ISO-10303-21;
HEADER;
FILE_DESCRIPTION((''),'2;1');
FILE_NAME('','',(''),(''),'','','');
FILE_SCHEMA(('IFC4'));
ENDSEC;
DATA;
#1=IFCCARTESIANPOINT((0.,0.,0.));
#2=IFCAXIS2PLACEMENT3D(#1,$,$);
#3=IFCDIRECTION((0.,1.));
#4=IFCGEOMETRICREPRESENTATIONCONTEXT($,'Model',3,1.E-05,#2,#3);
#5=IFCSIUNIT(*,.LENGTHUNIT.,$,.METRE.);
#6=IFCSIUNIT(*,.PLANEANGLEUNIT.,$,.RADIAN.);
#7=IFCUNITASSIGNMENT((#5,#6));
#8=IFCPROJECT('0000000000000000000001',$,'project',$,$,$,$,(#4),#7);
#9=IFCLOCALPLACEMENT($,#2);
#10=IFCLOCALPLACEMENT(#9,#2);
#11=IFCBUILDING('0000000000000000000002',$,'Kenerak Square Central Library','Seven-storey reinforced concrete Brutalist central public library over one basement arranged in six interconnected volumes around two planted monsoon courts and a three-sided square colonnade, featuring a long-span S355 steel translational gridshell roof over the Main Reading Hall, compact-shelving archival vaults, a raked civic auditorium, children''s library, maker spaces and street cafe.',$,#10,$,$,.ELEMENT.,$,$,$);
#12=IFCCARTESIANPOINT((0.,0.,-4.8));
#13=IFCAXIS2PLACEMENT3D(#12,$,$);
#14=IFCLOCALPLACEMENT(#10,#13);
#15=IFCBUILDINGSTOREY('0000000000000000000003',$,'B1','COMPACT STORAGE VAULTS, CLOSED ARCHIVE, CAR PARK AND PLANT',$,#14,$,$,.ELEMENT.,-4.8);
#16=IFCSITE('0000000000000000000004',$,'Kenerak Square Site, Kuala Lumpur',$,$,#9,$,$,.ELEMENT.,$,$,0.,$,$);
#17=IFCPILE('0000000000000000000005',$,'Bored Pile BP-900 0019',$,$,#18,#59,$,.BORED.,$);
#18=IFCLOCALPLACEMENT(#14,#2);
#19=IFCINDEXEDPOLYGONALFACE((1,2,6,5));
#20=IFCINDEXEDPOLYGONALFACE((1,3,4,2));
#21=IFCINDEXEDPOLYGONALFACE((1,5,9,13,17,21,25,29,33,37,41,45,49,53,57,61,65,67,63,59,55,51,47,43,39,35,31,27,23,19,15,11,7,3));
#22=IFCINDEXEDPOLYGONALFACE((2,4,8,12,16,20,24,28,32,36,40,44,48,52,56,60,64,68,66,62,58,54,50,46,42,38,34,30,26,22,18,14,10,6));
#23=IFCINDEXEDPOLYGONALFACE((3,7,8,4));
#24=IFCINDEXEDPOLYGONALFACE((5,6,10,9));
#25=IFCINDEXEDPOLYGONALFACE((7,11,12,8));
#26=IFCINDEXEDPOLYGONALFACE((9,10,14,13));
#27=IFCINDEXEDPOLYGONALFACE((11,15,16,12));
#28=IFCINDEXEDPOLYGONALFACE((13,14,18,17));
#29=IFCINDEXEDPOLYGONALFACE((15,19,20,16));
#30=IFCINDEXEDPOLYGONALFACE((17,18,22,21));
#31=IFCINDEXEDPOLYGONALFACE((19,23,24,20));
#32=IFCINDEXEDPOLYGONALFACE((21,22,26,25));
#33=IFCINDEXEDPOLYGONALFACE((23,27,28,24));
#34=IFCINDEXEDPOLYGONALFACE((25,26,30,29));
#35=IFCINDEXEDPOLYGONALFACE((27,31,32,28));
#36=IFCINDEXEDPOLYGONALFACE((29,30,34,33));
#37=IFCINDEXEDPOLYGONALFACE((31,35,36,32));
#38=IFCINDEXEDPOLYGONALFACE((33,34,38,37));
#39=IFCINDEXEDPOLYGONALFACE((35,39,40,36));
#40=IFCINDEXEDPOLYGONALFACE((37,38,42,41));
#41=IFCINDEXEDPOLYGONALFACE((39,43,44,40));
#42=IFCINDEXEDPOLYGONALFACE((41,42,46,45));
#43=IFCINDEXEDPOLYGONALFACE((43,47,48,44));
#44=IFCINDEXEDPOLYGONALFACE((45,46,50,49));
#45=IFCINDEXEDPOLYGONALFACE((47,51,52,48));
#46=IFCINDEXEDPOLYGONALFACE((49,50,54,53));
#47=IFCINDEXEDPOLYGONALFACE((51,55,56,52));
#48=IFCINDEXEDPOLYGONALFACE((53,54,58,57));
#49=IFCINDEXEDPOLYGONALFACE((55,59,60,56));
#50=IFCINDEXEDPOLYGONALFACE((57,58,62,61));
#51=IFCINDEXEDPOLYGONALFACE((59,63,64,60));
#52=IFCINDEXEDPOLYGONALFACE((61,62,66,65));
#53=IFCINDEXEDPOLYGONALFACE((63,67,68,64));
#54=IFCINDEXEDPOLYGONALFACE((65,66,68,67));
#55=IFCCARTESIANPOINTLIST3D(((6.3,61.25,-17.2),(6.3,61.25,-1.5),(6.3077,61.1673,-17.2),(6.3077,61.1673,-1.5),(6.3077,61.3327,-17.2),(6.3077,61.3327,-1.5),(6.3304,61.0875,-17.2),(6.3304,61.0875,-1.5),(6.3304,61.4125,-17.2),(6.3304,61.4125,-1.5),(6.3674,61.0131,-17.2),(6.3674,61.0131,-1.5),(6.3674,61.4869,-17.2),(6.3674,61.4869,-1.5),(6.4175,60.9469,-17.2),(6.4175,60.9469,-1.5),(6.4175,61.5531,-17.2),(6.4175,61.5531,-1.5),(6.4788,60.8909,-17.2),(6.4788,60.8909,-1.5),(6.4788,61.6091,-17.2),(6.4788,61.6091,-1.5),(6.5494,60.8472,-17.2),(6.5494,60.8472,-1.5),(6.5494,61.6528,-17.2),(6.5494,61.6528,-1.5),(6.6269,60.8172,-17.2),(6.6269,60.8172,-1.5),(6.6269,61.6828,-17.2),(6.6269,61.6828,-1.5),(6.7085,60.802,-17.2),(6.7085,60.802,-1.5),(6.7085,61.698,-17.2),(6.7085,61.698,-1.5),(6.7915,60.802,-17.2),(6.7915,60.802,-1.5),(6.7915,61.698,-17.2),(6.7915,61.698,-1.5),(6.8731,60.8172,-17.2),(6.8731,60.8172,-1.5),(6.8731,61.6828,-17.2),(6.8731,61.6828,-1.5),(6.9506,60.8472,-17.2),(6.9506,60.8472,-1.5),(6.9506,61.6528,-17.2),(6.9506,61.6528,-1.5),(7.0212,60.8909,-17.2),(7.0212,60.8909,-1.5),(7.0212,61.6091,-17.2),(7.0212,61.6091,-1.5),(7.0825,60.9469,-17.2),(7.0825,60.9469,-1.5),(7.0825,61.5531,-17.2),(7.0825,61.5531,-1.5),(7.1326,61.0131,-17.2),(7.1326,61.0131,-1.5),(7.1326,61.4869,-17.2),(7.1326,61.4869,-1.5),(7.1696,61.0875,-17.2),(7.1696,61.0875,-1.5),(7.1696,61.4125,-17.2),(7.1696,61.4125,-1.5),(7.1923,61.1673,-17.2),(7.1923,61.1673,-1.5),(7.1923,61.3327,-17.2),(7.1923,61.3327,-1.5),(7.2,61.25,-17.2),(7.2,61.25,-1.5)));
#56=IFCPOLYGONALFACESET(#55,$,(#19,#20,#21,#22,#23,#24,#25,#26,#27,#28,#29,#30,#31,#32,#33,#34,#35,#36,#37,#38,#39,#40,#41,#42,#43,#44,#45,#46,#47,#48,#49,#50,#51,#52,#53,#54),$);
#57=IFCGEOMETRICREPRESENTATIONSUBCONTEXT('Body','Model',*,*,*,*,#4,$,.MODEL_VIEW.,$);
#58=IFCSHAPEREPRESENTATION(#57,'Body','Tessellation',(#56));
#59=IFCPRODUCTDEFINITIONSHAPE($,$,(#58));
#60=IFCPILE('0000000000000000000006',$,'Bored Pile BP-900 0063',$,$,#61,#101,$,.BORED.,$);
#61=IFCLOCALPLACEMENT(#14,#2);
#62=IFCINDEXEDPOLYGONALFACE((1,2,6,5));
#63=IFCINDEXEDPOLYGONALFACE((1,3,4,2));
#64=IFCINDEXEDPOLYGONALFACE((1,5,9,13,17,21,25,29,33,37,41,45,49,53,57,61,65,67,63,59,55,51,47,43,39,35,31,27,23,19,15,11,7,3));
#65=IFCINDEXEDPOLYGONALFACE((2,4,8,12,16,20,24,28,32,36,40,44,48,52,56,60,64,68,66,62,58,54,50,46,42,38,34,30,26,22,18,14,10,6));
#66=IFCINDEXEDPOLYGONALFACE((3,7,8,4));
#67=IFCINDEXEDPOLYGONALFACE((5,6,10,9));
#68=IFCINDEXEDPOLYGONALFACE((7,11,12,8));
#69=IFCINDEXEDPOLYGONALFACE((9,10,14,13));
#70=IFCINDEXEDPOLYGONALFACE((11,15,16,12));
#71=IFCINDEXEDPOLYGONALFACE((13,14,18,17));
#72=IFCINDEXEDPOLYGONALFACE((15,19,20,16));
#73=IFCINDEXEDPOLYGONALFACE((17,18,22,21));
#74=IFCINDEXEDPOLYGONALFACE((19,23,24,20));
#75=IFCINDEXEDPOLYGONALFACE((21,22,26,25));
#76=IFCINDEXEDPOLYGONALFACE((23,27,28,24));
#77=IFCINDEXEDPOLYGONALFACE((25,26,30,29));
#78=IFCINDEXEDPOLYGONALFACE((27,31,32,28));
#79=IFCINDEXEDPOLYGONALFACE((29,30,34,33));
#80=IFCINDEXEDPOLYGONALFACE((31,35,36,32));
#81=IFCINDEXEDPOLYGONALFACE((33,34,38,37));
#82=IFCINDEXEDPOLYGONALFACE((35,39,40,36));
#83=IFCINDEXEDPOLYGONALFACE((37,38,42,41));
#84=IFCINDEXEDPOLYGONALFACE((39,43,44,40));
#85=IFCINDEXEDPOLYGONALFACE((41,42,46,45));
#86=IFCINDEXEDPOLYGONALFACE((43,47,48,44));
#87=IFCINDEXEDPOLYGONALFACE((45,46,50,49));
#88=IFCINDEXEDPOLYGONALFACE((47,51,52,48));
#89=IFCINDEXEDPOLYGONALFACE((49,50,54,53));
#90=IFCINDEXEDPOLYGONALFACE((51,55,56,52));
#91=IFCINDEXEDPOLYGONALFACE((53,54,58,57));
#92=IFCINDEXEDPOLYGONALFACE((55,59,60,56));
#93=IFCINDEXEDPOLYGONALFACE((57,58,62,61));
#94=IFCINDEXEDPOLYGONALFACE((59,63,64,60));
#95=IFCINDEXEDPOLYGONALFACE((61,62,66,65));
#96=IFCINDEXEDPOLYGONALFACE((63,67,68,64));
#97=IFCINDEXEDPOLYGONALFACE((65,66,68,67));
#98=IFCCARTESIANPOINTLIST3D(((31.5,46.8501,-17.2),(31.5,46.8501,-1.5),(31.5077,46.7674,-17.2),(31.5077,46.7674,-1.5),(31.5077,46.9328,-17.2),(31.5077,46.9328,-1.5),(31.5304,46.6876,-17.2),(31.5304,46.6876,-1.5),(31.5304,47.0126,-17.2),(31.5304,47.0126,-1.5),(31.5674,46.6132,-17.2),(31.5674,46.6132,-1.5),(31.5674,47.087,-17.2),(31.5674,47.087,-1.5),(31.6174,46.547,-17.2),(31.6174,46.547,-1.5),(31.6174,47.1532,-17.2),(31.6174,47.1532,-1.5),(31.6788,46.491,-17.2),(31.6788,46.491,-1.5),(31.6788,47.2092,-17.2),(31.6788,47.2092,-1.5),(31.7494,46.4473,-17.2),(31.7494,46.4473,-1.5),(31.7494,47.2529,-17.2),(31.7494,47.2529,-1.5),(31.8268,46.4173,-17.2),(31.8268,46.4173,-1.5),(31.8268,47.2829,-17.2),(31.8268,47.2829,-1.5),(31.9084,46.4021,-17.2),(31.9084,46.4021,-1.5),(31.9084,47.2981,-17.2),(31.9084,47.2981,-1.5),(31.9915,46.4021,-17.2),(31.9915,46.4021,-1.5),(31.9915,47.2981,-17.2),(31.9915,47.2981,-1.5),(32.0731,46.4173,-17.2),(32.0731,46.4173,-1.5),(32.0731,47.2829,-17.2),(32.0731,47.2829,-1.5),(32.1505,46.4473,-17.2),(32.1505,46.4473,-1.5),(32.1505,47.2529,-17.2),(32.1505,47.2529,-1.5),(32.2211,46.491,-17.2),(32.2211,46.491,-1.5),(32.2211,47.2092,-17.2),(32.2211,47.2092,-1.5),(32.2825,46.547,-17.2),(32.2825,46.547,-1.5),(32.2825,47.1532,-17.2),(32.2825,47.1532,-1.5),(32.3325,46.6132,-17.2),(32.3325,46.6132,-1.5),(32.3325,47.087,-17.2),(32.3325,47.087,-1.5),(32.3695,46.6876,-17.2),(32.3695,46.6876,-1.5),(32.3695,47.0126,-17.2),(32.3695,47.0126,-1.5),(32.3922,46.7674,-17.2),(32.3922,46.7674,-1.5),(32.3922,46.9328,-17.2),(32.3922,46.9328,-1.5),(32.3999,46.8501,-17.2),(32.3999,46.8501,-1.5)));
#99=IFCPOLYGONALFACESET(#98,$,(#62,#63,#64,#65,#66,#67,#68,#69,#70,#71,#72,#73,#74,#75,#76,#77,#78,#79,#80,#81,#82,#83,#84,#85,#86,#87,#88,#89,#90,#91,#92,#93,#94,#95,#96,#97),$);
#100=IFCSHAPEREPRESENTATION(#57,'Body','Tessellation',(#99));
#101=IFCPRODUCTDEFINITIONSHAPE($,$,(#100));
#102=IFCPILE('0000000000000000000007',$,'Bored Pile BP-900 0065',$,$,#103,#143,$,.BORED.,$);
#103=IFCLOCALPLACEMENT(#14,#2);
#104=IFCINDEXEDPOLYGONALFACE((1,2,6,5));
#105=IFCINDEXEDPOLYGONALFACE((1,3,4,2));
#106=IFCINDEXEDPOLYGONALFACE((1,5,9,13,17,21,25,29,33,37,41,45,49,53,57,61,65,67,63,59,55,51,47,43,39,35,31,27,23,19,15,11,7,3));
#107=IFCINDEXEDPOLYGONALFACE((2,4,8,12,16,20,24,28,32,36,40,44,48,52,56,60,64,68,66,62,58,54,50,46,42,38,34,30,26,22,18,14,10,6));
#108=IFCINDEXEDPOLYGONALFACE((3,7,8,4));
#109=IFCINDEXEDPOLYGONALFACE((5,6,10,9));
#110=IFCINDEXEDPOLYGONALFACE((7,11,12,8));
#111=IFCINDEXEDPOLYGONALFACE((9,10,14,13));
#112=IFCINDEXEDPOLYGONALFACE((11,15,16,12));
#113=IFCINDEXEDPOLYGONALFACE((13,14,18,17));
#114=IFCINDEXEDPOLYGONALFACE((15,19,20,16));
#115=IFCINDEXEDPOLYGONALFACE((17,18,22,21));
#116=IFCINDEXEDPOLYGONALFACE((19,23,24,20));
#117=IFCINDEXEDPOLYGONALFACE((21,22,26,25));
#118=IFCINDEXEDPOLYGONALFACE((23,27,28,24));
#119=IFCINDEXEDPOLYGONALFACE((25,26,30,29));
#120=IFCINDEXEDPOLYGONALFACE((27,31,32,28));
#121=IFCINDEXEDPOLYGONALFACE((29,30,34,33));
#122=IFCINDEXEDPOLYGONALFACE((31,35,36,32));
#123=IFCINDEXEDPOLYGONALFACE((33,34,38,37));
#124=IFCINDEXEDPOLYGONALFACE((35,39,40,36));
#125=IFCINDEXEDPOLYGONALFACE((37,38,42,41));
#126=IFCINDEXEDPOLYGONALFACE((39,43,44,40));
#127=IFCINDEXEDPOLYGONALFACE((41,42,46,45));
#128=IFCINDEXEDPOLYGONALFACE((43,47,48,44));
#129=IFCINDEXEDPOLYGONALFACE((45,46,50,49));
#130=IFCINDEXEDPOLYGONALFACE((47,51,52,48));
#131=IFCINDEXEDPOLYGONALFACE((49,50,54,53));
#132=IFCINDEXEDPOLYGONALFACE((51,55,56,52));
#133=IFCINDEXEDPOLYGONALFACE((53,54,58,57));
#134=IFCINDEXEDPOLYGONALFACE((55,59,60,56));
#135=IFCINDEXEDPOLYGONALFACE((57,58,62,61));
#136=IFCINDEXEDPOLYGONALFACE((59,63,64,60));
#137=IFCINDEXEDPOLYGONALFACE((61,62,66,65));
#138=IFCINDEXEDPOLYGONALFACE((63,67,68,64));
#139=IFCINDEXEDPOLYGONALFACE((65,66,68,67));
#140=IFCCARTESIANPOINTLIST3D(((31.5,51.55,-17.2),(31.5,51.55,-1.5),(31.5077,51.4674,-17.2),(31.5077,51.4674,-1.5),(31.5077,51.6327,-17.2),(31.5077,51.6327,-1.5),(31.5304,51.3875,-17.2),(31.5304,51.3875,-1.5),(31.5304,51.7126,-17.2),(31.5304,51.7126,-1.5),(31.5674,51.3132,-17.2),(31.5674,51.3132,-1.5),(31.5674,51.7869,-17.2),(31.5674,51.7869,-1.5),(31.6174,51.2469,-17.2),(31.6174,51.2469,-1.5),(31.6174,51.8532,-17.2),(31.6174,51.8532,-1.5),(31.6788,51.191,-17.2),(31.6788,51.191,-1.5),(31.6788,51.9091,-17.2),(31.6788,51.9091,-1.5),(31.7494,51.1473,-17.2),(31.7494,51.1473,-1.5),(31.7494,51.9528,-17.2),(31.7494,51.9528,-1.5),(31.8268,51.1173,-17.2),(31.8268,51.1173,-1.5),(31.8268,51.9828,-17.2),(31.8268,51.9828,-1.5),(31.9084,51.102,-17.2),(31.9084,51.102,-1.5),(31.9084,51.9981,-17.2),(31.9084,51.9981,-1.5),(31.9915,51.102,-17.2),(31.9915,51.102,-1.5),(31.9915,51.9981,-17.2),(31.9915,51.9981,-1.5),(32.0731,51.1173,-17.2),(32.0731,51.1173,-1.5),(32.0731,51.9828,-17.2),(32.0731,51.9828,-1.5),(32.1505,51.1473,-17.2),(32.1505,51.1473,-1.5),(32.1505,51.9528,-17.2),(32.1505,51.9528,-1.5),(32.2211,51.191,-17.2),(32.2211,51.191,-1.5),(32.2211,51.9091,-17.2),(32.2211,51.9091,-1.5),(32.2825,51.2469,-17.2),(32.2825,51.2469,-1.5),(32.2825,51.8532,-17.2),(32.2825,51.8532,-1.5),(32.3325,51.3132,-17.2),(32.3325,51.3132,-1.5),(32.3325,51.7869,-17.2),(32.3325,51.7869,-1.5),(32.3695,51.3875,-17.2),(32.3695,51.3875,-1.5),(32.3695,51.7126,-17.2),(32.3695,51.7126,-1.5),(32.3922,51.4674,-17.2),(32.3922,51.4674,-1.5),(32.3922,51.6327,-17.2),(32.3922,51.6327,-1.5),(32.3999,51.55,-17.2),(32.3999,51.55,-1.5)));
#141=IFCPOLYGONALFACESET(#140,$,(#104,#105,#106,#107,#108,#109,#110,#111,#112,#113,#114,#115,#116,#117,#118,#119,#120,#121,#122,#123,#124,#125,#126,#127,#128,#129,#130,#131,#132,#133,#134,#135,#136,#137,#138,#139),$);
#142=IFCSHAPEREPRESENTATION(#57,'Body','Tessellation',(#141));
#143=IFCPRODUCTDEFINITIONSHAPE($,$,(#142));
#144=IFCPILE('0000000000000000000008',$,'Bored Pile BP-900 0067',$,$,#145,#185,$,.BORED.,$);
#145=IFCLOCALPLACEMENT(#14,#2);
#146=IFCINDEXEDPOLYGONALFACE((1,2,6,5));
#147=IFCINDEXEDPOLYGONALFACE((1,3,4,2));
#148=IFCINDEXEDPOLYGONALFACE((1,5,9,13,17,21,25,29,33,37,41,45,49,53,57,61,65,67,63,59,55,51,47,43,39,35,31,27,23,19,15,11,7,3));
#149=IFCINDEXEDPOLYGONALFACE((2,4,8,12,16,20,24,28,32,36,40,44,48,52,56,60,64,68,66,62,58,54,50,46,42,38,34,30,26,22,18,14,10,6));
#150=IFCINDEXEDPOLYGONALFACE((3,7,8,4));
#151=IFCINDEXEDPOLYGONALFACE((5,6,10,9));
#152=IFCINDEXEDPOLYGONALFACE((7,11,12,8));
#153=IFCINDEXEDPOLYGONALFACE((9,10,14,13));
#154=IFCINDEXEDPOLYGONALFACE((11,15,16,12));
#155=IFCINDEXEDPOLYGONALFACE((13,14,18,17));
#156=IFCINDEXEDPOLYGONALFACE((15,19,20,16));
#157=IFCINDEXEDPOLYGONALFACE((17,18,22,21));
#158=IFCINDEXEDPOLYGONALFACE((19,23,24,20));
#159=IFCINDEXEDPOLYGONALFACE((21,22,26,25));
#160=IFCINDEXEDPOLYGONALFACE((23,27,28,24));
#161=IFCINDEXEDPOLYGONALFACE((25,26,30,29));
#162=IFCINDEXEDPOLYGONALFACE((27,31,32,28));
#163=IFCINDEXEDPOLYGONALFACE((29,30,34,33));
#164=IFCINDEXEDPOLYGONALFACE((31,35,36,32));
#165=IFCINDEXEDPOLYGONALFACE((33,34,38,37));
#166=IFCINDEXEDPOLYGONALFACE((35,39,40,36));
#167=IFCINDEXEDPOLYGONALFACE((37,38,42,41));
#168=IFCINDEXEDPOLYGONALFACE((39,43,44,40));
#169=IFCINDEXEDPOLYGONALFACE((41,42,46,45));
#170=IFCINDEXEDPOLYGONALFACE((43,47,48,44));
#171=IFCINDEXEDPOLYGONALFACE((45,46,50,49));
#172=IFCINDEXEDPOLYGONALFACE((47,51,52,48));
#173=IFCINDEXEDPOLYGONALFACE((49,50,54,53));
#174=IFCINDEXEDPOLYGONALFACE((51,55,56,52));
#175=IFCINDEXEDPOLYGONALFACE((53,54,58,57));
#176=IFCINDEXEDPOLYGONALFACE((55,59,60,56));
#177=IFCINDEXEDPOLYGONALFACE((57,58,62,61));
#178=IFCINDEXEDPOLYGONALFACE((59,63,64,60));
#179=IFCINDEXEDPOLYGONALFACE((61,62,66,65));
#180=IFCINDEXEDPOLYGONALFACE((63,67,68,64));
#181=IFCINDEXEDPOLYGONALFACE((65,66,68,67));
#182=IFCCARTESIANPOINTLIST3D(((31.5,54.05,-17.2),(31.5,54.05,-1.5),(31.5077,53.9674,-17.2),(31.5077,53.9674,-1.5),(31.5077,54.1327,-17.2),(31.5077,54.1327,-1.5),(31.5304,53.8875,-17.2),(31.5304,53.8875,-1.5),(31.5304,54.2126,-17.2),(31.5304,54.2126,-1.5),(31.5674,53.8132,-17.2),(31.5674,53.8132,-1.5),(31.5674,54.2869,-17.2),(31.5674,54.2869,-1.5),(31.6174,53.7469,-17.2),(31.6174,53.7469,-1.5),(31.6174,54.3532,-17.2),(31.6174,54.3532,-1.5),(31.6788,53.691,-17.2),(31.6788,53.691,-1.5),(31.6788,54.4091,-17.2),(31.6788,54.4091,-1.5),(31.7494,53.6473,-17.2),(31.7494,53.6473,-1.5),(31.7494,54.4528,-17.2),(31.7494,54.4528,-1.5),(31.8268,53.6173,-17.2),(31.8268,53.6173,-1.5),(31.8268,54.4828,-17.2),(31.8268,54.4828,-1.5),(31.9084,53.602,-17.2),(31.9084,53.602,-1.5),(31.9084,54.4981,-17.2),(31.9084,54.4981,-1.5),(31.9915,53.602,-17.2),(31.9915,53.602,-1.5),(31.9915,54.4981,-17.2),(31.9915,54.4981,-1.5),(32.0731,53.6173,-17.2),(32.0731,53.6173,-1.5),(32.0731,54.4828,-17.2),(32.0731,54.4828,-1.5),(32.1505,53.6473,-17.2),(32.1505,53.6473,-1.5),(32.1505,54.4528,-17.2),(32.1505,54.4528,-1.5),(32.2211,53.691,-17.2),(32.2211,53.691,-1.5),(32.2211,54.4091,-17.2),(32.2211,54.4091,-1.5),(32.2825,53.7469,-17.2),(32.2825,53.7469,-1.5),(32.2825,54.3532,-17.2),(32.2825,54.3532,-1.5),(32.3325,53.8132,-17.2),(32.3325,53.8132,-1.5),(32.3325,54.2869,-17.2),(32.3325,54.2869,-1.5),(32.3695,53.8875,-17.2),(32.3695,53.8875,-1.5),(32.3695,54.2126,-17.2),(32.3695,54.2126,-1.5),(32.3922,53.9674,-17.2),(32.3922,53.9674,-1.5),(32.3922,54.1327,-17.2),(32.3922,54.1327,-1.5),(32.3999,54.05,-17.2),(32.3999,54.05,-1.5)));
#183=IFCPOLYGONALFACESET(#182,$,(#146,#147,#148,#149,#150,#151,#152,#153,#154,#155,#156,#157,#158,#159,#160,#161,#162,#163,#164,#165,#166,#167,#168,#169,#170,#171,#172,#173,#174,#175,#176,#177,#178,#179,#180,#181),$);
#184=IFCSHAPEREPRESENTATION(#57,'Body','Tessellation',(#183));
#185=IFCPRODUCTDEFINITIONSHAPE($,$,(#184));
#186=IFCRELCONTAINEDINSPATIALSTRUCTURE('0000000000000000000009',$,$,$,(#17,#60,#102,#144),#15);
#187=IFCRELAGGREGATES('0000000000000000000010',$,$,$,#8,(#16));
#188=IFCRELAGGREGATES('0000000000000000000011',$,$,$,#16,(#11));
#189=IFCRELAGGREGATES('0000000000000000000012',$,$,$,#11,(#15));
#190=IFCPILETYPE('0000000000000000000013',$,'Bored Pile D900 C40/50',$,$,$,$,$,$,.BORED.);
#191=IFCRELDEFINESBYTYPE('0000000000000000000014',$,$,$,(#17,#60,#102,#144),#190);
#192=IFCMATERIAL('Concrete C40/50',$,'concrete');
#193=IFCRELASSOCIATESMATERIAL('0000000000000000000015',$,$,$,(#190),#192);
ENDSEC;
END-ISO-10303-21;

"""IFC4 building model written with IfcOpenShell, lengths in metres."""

from ifc_helpers import new_model, si_unit, direction, frame, origin, origin_2d, place, context, subcontext, project, spatial, circle, extrude, material, material_profile, profile_set, type_object, element, save


model = new_model("IFC4")

# Units and contexts
model_context = context("Model", 3, precision=1e-05, world=origin(), true_north=direction((0.0, 1.0)))
body_context = subcontext(model_context, "Body", "Model", "MODEL_VIEW")
ifc_project = project(units=[si_unit("LENGTHUNIT", "METRE"), si_unit("PLANEANGLEUNIT", "RADIAN")], contexts=[model_context])

# Site, building, storey
site_placement = place(None, origin())
site = spatial("IfcSite", under=ifc_project, at=site_placement, Name="Kenerak Square Site, Kuala Lumpur", CompositionType="ELEMENT", RefElevation=0.0)
building_placement = place(site_placement, origin())
building = spatial("IfcBuilding", under=site, at=building_placement, Name="Kenerak Square Central Library", Description="Seven-storey reinforced concrete Brutalist central public library over one basement arranged in six interconnected volumes around two planted monsoon courts and a three-sided square colonnade, featuring a long-span S355 steel translational gridshell roof over the Main Reading Hall, compact-shelving archival vaults, a raked civic auditorium, children's library, maker spaces and street cafe.", CompositionType="ELEMENT")
storey_placement = place(building_placement, frame((0.0, 0.0, -4.8)))
storey = spatial("IfcBuildingStorey", under=building, at=storey_placement, Name="B1", Description="COMPACT STORAGE VAULTS, CLOSED ARCHIVE, CAR PARK AND PLANT", CompositionType="ELEMENT", Elevation=-4.8)

# Piles
ifc_material_1 = material(Name="Concrete C40/50", Category="concrete")
ifc_material_profile_1 = material_profile(ifc_material_1, circle(Radius=0.45, at=origin_2d()), Name="BP D900")
ifc_profile_set_1 = profile_set([ifc_material_profile_1], Name="Concrete C40/50")
pile_type = type_object("IfcPileType", Name="Bored Pile D900 C40/50", PredefinedType="BORED", material=ifc_profile_set_1)
for number, where, z_axis, x_axis, name in (
    (1, (6.75, 61.25, -1.5), (0.0, 0.0, -1.0), (1.0, 0.0, 0.0), "Bored Pile BP-900 0019"),
    (2, (31.95, 46.8501, -1.5), (0.0, 0.0, -1.0), (1.0, 0.0, 0.0), "Bored Pile BP-900 0063"),
    (3, (31.95, 51.55, -1.5), (0.0, 0.0, -1.0), (1.0, 0.0, 0.0), "Bored Pile BP-900 0065"),
    (4, (31.95, 54.05, -1.5), (0.0, 0.0, -1.0), (1.0, 0.0, 0.0), "Bored Pile BP-900 0067"),
):
    element("IfcPile", number, at=place(storey_placement, frame(where, z_axis=z_axis, x_axis=x_axis)), inside=storey, type_object=pile_type, Name=name, PredefinedType="BORED", context=body_context, shape_type="SweptSolid", body=[
        extrude(circle(Radius=0.45, at=origin_2d()), origin(), (0.0, 0.0, 1.0), 15.7),
    ])

save(model, "model.ifc")
